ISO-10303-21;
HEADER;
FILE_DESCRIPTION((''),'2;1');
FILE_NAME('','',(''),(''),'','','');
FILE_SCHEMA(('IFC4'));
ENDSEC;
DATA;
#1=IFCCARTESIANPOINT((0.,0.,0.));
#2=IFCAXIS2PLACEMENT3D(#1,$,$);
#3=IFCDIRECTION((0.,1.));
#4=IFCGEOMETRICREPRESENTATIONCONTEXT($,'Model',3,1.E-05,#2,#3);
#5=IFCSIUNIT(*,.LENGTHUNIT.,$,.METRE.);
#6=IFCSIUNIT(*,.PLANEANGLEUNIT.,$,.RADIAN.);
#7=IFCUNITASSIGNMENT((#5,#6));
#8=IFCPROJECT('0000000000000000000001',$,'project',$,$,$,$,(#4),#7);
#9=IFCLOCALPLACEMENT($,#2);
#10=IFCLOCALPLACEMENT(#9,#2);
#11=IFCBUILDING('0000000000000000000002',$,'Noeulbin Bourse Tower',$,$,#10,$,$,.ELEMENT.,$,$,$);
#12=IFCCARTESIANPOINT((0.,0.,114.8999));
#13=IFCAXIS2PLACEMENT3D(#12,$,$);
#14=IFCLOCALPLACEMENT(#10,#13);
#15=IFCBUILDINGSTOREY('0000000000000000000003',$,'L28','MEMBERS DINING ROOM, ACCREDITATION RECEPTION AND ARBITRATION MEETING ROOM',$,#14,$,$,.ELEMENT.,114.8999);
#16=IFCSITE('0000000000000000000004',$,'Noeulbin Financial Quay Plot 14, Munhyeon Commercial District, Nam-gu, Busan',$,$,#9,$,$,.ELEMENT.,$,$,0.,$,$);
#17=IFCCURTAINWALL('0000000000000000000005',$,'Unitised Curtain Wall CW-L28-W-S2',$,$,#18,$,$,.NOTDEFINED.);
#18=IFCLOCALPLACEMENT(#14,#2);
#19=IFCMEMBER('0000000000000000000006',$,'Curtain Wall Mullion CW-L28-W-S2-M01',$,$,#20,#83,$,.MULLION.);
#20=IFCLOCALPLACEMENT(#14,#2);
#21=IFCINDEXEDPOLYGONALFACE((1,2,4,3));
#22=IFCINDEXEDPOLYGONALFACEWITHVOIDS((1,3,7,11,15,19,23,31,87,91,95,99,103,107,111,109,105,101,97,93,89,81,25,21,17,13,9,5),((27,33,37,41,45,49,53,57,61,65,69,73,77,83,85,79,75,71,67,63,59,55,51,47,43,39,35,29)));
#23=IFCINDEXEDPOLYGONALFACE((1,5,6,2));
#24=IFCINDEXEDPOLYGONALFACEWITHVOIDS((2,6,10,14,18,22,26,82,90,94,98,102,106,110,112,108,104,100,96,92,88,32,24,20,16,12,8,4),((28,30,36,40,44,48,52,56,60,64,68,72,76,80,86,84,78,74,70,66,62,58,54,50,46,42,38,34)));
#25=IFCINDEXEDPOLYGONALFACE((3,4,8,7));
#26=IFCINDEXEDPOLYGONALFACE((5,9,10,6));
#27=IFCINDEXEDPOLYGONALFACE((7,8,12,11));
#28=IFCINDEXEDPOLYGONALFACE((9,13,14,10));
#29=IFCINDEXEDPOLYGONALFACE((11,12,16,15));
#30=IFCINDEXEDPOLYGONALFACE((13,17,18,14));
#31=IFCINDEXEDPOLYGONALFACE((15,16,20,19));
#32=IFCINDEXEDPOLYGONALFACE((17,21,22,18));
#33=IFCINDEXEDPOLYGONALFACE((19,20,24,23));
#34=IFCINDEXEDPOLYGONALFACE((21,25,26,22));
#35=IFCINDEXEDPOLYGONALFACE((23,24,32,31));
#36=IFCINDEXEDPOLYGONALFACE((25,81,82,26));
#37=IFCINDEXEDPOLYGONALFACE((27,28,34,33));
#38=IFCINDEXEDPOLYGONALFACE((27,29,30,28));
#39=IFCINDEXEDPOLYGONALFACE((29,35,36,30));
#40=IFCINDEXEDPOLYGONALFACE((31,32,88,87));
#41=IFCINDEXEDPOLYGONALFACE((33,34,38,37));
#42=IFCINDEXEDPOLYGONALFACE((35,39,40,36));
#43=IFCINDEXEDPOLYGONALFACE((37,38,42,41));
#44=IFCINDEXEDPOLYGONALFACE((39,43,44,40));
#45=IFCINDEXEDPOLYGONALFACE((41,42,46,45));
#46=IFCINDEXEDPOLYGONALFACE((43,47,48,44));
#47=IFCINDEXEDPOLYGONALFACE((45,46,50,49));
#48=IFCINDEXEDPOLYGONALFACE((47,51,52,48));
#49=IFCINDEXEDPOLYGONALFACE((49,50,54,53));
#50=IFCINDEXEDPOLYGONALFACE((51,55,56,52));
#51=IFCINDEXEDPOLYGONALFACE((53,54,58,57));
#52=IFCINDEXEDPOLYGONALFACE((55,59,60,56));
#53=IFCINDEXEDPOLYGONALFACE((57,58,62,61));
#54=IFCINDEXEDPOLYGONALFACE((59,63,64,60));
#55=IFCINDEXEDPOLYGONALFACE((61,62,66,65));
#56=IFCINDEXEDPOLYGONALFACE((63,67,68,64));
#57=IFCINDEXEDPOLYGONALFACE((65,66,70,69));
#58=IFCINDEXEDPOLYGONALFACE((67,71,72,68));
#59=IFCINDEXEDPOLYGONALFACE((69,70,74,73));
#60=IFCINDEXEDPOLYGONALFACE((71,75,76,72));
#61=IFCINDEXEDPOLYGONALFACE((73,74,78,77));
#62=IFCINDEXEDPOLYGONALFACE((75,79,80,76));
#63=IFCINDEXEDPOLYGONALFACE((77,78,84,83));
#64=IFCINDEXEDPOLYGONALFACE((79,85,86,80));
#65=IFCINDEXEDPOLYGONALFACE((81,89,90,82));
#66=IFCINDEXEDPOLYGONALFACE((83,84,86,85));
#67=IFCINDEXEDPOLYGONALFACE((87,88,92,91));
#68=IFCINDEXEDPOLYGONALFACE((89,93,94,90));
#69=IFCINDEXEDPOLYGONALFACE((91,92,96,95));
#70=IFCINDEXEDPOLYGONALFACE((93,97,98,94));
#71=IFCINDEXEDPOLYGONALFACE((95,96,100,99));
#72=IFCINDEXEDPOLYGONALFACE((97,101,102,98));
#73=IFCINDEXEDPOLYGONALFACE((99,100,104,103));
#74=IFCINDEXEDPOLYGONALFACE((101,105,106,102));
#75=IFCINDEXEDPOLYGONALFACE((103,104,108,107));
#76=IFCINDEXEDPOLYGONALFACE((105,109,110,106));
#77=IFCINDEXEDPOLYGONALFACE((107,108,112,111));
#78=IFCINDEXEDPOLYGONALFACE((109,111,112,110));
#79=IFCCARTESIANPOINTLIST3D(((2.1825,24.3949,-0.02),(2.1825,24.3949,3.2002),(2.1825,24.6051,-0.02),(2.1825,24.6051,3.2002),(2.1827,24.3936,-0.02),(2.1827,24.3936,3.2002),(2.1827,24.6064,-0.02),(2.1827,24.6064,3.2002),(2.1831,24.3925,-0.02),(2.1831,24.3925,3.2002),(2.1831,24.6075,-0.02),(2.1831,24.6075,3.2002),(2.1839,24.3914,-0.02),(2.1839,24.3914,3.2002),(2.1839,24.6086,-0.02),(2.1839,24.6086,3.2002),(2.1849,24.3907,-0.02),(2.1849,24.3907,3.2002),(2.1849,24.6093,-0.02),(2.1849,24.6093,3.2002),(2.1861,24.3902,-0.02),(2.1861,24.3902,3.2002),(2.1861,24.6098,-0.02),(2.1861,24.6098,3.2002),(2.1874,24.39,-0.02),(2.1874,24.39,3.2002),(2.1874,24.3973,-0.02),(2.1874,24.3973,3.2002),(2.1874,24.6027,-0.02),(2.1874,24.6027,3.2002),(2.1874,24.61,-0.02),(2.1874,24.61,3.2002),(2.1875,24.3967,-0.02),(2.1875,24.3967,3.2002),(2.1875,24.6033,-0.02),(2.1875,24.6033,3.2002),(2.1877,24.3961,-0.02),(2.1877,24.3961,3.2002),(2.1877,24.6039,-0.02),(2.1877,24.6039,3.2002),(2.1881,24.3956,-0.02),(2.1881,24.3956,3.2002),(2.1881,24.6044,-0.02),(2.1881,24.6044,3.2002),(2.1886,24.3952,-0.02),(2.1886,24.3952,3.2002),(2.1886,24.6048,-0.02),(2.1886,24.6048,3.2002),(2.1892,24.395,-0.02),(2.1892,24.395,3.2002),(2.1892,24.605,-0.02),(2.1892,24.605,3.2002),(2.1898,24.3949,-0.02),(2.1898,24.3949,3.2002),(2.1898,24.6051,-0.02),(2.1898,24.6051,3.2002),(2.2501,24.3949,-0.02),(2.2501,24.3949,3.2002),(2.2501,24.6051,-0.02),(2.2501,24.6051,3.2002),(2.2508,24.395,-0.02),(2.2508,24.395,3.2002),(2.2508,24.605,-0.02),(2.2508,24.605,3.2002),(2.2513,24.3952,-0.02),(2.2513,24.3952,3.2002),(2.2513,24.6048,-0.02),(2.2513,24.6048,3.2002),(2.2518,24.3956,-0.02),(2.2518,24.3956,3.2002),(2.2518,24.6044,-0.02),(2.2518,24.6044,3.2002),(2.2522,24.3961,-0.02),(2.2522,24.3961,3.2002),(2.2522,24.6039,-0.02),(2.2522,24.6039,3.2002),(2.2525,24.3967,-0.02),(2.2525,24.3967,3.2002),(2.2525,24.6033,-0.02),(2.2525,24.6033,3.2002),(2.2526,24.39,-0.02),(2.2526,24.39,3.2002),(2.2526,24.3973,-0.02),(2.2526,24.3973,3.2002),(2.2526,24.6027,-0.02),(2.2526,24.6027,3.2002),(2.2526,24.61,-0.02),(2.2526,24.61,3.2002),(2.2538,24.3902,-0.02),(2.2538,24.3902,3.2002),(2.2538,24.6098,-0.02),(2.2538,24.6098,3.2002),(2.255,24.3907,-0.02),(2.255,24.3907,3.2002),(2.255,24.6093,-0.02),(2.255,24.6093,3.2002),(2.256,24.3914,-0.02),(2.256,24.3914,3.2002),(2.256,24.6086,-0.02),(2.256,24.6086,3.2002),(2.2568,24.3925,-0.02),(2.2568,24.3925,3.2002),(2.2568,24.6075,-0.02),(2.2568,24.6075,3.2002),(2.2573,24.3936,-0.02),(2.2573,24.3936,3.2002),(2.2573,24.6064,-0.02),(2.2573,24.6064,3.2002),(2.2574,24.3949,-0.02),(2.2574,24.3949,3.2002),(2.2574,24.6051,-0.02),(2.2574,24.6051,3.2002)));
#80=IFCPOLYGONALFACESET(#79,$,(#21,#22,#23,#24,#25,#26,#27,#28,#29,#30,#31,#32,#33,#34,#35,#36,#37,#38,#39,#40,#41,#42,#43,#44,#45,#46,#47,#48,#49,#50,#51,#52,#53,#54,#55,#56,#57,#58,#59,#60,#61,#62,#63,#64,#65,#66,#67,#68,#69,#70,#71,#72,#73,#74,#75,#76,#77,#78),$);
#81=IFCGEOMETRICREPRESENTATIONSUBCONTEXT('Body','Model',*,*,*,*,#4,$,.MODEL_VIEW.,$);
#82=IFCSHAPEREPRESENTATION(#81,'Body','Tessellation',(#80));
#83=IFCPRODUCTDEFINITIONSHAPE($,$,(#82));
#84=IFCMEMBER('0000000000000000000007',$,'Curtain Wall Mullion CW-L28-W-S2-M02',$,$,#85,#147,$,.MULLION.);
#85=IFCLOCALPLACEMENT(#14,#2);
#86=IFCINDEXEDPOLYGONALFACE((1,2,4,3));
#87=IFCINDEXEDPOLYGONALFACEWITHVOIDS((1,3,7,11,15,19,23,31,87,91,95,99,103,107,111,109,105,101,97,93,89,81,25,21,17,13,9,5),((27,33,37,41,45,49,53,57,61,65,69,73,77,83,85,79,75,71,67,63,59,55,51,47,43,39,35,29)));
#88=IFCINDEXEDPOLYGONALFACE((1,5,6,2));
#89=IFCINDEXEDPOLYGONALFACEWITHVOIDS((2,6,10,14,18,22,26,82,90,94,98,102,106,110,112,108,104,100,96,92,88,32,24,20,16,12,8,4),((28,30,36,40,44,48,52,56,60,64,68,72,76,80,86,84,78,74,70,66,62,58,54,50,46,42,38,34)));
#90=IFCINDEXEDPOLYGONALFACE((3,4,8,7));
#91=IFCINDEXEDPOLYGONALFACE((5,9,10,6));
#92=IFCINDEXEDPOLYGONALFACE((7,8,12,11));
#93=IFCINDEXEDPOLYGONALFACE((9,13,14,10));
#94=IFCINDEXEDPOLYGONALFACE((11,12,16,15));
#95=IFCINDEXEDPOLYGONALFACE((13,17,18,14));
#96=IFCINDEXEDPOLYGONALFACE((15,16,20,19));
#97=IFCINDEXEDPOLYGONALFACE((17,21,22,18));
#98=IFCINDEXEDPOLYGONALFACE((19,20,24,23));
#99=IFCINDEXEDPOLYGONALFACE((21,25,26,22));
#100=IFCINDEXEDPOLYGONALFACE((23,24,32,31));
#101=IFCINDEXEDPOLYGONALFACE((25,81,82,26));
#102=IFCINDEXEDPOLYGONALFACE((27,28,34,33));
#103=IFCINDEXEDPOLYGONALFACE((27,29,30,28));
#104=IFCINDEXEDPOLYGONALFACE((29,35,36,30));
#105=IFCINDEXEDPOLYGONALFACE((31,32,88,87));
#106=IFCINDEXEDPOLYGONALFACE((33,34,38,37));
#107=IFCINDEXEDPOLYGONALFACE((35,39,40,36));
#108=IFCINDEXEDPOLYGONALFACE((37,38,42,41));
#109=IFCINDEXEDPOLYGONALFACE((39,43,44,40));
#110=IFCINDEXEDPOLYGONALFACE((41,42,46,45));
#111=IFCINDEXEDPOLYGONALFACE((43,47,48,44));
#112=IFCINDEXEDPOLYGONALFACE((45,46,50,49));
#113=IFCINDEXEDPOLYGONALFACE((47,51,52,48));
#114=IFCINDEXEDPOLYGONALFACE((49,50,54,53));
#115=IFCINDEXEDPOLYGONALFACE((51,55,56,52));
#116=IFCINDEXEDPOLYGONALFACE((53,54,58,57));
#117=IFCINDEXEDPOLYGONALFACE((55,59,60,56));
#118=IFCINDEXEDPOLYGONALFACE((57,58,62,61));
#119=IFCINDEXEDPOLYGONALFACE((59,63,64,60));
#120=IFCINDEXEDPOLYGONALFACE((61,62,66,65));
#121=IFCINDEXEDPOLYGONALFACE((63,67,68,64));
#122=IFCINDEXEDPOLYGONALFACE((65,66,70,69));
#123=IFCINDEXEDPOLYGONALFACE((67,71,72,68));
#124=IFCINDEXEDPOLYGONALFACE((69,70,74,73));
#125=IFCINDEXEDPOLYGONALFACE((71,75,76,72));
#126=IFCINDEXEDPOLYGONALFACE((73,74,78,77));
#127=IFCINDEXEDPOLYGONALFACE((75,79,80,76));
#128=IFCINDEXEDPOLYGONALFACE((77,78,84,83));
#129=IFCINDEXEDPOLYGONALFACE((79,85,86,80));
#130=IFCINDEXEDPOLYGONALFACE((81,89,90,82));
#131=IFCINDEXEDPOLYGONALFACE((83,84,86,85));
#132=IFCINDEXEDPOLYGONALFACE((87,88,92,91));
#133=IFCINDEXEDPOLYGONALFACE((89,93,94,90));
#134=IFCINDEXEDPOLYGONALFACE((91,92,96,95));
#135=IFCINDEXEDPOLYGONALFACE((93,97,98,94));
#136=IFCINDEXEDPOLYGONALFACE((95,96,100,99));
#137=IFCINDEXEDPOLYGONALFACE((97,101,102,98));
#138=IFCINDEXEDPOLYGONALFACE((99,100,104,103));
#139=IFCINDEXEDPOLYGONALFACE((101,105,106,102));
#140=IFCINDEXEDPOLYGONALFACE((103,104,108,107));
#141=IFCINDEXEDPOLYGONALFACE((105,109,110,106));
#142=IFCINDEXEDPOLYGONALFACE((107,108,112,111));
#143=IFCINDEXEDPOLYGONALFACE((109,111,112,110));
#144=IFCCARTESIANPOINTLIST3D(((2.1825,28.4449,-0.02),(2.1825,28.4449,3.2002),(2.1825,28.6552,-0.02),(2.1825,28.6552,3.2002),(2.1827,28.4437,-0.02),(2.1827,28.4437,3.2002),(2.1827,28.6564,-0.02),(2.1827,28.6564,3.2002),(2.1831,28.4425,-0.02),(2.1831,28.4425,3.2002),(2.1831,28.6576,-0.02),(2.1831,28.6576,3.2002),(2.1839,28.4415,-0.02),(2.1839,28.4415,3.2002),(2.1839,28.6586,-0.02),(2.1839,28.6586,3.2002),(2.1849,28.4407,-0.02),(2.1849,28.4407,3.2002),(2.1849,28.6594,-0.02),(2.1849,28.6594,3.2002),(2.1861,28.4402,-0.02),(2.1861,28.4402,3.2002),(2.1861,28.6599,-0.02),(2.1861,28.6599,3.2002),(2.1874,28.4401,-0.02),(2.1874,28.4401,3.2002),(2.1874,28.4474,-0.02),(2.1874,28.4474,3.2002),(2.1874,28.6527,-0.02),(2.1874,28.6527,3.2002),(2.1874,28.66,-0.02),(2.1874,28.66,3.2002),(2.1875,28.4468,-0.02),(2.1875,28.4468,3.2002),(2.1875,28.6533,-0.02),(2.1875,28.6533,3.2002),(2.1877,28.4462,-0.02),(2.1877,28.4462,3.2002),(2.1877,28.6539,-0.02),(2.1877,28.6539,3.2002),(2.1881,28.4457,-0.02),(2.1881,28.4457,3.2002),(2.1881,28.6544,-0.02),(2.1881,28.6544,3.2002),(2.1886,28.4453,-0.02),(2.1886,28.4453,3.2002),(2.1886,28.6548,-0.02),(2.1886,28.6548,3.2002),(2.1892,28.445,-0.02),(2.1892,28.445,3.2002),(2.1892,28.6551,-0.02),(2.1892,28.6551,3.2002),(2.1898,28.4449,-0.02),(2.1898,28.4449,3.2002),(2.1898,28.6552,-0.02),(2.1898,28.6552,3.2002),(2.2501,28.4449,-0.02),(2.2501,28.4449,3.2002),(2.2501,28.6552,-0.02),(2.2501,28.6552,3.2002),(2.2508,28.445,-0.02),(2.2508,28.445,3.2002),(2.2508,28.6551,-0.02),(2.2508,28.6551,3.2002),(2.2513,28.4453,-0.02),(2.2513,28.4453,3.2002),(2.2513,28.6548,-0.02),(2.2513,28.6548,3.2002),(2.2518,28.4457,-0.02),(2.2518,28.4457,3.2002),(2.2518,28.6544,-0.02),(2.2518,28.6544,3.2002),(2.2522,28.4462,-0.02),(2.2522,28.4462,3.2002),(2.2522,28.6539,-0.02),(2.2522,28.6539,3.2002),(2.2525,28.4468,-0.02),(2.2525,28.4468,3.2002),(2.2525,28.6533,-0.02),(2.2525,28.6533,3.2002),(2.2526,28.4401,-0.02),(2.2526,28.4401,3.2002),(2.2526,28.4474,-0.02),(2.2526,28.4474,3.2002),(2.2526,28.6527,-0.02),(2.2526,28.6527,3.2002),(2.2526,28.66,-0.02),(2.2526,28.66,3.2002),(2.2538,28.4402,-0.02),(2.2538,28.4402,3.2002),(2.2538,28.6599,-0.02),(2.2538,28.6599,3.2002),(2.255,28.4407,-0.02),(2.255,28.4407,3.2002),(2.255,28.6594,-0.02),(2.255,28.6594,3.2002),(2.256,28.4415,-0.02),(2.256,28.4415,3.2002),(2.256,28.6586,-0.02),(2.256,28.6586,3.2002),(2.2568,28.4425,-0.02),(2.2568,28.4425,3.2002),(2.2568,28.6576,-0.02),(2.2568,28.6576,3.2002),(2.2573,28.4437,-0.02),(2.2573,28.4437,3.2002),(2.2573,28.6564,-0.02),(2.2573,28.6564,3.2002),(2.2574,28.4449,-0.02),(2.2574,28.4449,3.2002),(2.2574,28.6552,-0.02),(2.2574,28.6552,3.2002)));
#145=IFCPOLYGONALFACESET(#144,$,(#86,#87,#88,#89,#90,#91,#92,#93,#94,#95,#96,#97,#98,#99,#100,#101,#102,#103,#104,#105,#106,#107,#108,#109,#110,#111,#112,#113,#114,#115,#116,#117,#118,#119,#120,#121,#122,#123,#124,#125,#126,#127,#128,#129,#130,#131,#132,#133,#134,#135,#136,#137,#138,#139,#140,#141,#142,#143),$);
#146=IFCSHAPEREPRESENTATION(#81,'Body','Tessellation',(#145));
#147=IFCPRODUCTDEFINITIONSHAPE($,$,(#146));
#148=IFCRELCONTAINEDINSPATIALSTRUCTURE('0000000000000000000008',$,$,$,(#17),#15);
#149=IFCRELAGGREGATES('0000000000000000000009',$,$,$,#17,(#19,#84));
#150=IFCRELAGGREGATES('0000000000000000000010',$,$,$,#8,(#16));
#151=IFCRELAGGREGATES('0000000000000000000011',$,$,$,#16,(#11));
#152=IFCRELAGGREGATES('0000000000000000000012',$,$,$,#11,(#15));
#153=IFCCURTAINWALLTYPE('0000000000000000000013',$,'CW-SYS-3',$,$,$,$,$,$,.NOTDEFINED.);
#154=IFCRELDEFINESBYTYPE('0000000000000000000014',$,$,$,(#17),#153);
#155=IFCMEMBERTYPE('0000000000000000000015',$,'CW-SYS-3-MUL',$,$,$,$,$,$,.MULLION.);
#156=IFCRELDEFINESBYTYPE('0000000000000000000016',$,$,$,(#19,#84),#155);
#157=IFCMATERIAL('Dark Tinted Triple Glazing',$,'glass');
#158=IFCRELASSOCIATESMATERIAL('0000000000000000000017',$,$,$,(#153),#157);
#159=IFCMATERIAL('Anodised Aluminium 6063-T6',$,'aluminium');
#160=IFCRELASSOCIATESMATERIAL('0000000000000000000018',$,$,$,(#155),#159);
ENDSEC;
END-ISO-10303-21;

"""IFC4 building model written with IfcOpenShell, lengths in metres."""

from ifc_helpers import new_model, si_unit, direction, frame, origin, origin_2d, place, context, subcontext, project, spatial, hollow_rectangle, extrude, material, material_profile, profile_set, type_object, element, aggregate, save


model = new_model("IFC4")

# Units and contexts
model_context = context("Model", 3, precision=1e-05, world=origin(), true_north=direction((0.0, 1.0)))
body_context = subcontext(model_context, "Body", "Model", "MODEL_VIEW")
ifc_project = project(units=[si_unit("LENGTHUNIT", "METRE"), si_unit("PLANEANGLEUNIT", "RADIAN")], contexts=[model_context])

# Site, building, storey
site_placement = place(None, origin())
site = spatial("IfcSite", under=ifc_project, at=site_placement, Name="Noeulbin Financial Quay Plot 14, Munhyeon Commercial District, Nam-gu, Busan", CompositionType="ELEMENT", RefElevation=0.0)
building_placement = place(site_placement, origin())
building = spatial("IfcBuilding", under=site, at=building_placement, Name="Noeulbin Bourse Tower", CompositionType="ELEMENT")
storey_placement = place(building_placement, frame((0.0, 0.0, 114.8999)))
storey = spatial("IfcBuildingStorey", under=building, at=storey_placement, Name="L28", Description="MEMBERS DINING ROOM, ACCREDITATION RECEPTION AND ARBITRATION MEETING ROOM", CompositionType="ELEMENT", Elevation=114.8999)

# Curtain wall, members
ifc_material_1 = material(Name="Dark Tinted Triple Glazing", Category="glass")
curtain_wall_type = type_object("IfcCurtainWallType", Name="CW-SYS-3", PredefinedType="NOTDEFINED", material=ifc_material_1)
curtain_wall_placement = place(storey_placement, origin())
curtain_wall = element("IfcCurtainWall", 1, at=curtain_wall_placement, inside=storey, type_object=curtain_wall_type, Name="Unitised Curtain Wall CW-L28-W-S2", PredefinedType="NOTDEFINED")
ifc_material_2 = material(Name="Anodised Aluminium 6063-T6", Category="aluminium")
ifc_material_profile_1 = material_profile(ifc_material_2, hollow_rectangle(XDim=0.075, YDim=0.22, WallThickness=0.0049, InnerFilletRadius=0.0024, OuterFilletRadius=0.0049, at=origin_2d()), Name="ALU-MULL-75x220x5", Category="LoadBearing")
ifc_profile_set_1 = profile_set([ifc_material_profile_1], Name="Anodised Aluminium 6063-T6")
member_type_1 = type_object("IfcMemberType", Name="CW-SYS-3-MUL", PredefinedType="MULLION", material=ifc_profile_set_1)
member_1_placement = place(storey_placement, frame((2.22, 24.5, -0.02), z_axis=(0.0, 0.0, 1.0), x_axis=(1.0, 0.0, 0.0)))
member_1 = element("IfcMember", 2, at=member_1_placement, type_object=member_type_1, Name="Curtain Wall Mullion CW-L28-W-S2-M01", PredefinedType="MULLION", context=body_context, shape_type="SweptSolid", body=[
    extrude(hollow_rectangle(XDim=0.075, YDim=0.22, WallThickness=0.0049, InnerFilletRadius=0.0024, OuterFilletRadius=0.0049, at=origin_2d()), origin(), (0.0, 0.0, 1.0), 3.2202),
])
member_2_placement = place(storey_placement, frame((2.22, 28.55, -0.02), z_axis=(0.0, 0.0, 1.0), x_axis=(1.0, 0.0, 0.0)))
member_2 = element("IfcMember", 3, at=member_2_placement, type_object=member_type_1, Name="Curtain Wall Mullion CW-L28-W-S2-M02", PredefinedType="MULLION", context=body_context, shape_type="SweptSolid", body=[
    extrude(hollow_rectangle(XDim=0.075, YDim=0.22, WallThickness=0.0049, InnerFilletRadius=0.0024, OuterFilletRadius=0.0049, at=origin_2d()), origin(), (0.0, 0.0, 1.0), 3.2202),
])
aggregate(curtain_wall, [member_1, member_2])

save(model, "model.ifc")
